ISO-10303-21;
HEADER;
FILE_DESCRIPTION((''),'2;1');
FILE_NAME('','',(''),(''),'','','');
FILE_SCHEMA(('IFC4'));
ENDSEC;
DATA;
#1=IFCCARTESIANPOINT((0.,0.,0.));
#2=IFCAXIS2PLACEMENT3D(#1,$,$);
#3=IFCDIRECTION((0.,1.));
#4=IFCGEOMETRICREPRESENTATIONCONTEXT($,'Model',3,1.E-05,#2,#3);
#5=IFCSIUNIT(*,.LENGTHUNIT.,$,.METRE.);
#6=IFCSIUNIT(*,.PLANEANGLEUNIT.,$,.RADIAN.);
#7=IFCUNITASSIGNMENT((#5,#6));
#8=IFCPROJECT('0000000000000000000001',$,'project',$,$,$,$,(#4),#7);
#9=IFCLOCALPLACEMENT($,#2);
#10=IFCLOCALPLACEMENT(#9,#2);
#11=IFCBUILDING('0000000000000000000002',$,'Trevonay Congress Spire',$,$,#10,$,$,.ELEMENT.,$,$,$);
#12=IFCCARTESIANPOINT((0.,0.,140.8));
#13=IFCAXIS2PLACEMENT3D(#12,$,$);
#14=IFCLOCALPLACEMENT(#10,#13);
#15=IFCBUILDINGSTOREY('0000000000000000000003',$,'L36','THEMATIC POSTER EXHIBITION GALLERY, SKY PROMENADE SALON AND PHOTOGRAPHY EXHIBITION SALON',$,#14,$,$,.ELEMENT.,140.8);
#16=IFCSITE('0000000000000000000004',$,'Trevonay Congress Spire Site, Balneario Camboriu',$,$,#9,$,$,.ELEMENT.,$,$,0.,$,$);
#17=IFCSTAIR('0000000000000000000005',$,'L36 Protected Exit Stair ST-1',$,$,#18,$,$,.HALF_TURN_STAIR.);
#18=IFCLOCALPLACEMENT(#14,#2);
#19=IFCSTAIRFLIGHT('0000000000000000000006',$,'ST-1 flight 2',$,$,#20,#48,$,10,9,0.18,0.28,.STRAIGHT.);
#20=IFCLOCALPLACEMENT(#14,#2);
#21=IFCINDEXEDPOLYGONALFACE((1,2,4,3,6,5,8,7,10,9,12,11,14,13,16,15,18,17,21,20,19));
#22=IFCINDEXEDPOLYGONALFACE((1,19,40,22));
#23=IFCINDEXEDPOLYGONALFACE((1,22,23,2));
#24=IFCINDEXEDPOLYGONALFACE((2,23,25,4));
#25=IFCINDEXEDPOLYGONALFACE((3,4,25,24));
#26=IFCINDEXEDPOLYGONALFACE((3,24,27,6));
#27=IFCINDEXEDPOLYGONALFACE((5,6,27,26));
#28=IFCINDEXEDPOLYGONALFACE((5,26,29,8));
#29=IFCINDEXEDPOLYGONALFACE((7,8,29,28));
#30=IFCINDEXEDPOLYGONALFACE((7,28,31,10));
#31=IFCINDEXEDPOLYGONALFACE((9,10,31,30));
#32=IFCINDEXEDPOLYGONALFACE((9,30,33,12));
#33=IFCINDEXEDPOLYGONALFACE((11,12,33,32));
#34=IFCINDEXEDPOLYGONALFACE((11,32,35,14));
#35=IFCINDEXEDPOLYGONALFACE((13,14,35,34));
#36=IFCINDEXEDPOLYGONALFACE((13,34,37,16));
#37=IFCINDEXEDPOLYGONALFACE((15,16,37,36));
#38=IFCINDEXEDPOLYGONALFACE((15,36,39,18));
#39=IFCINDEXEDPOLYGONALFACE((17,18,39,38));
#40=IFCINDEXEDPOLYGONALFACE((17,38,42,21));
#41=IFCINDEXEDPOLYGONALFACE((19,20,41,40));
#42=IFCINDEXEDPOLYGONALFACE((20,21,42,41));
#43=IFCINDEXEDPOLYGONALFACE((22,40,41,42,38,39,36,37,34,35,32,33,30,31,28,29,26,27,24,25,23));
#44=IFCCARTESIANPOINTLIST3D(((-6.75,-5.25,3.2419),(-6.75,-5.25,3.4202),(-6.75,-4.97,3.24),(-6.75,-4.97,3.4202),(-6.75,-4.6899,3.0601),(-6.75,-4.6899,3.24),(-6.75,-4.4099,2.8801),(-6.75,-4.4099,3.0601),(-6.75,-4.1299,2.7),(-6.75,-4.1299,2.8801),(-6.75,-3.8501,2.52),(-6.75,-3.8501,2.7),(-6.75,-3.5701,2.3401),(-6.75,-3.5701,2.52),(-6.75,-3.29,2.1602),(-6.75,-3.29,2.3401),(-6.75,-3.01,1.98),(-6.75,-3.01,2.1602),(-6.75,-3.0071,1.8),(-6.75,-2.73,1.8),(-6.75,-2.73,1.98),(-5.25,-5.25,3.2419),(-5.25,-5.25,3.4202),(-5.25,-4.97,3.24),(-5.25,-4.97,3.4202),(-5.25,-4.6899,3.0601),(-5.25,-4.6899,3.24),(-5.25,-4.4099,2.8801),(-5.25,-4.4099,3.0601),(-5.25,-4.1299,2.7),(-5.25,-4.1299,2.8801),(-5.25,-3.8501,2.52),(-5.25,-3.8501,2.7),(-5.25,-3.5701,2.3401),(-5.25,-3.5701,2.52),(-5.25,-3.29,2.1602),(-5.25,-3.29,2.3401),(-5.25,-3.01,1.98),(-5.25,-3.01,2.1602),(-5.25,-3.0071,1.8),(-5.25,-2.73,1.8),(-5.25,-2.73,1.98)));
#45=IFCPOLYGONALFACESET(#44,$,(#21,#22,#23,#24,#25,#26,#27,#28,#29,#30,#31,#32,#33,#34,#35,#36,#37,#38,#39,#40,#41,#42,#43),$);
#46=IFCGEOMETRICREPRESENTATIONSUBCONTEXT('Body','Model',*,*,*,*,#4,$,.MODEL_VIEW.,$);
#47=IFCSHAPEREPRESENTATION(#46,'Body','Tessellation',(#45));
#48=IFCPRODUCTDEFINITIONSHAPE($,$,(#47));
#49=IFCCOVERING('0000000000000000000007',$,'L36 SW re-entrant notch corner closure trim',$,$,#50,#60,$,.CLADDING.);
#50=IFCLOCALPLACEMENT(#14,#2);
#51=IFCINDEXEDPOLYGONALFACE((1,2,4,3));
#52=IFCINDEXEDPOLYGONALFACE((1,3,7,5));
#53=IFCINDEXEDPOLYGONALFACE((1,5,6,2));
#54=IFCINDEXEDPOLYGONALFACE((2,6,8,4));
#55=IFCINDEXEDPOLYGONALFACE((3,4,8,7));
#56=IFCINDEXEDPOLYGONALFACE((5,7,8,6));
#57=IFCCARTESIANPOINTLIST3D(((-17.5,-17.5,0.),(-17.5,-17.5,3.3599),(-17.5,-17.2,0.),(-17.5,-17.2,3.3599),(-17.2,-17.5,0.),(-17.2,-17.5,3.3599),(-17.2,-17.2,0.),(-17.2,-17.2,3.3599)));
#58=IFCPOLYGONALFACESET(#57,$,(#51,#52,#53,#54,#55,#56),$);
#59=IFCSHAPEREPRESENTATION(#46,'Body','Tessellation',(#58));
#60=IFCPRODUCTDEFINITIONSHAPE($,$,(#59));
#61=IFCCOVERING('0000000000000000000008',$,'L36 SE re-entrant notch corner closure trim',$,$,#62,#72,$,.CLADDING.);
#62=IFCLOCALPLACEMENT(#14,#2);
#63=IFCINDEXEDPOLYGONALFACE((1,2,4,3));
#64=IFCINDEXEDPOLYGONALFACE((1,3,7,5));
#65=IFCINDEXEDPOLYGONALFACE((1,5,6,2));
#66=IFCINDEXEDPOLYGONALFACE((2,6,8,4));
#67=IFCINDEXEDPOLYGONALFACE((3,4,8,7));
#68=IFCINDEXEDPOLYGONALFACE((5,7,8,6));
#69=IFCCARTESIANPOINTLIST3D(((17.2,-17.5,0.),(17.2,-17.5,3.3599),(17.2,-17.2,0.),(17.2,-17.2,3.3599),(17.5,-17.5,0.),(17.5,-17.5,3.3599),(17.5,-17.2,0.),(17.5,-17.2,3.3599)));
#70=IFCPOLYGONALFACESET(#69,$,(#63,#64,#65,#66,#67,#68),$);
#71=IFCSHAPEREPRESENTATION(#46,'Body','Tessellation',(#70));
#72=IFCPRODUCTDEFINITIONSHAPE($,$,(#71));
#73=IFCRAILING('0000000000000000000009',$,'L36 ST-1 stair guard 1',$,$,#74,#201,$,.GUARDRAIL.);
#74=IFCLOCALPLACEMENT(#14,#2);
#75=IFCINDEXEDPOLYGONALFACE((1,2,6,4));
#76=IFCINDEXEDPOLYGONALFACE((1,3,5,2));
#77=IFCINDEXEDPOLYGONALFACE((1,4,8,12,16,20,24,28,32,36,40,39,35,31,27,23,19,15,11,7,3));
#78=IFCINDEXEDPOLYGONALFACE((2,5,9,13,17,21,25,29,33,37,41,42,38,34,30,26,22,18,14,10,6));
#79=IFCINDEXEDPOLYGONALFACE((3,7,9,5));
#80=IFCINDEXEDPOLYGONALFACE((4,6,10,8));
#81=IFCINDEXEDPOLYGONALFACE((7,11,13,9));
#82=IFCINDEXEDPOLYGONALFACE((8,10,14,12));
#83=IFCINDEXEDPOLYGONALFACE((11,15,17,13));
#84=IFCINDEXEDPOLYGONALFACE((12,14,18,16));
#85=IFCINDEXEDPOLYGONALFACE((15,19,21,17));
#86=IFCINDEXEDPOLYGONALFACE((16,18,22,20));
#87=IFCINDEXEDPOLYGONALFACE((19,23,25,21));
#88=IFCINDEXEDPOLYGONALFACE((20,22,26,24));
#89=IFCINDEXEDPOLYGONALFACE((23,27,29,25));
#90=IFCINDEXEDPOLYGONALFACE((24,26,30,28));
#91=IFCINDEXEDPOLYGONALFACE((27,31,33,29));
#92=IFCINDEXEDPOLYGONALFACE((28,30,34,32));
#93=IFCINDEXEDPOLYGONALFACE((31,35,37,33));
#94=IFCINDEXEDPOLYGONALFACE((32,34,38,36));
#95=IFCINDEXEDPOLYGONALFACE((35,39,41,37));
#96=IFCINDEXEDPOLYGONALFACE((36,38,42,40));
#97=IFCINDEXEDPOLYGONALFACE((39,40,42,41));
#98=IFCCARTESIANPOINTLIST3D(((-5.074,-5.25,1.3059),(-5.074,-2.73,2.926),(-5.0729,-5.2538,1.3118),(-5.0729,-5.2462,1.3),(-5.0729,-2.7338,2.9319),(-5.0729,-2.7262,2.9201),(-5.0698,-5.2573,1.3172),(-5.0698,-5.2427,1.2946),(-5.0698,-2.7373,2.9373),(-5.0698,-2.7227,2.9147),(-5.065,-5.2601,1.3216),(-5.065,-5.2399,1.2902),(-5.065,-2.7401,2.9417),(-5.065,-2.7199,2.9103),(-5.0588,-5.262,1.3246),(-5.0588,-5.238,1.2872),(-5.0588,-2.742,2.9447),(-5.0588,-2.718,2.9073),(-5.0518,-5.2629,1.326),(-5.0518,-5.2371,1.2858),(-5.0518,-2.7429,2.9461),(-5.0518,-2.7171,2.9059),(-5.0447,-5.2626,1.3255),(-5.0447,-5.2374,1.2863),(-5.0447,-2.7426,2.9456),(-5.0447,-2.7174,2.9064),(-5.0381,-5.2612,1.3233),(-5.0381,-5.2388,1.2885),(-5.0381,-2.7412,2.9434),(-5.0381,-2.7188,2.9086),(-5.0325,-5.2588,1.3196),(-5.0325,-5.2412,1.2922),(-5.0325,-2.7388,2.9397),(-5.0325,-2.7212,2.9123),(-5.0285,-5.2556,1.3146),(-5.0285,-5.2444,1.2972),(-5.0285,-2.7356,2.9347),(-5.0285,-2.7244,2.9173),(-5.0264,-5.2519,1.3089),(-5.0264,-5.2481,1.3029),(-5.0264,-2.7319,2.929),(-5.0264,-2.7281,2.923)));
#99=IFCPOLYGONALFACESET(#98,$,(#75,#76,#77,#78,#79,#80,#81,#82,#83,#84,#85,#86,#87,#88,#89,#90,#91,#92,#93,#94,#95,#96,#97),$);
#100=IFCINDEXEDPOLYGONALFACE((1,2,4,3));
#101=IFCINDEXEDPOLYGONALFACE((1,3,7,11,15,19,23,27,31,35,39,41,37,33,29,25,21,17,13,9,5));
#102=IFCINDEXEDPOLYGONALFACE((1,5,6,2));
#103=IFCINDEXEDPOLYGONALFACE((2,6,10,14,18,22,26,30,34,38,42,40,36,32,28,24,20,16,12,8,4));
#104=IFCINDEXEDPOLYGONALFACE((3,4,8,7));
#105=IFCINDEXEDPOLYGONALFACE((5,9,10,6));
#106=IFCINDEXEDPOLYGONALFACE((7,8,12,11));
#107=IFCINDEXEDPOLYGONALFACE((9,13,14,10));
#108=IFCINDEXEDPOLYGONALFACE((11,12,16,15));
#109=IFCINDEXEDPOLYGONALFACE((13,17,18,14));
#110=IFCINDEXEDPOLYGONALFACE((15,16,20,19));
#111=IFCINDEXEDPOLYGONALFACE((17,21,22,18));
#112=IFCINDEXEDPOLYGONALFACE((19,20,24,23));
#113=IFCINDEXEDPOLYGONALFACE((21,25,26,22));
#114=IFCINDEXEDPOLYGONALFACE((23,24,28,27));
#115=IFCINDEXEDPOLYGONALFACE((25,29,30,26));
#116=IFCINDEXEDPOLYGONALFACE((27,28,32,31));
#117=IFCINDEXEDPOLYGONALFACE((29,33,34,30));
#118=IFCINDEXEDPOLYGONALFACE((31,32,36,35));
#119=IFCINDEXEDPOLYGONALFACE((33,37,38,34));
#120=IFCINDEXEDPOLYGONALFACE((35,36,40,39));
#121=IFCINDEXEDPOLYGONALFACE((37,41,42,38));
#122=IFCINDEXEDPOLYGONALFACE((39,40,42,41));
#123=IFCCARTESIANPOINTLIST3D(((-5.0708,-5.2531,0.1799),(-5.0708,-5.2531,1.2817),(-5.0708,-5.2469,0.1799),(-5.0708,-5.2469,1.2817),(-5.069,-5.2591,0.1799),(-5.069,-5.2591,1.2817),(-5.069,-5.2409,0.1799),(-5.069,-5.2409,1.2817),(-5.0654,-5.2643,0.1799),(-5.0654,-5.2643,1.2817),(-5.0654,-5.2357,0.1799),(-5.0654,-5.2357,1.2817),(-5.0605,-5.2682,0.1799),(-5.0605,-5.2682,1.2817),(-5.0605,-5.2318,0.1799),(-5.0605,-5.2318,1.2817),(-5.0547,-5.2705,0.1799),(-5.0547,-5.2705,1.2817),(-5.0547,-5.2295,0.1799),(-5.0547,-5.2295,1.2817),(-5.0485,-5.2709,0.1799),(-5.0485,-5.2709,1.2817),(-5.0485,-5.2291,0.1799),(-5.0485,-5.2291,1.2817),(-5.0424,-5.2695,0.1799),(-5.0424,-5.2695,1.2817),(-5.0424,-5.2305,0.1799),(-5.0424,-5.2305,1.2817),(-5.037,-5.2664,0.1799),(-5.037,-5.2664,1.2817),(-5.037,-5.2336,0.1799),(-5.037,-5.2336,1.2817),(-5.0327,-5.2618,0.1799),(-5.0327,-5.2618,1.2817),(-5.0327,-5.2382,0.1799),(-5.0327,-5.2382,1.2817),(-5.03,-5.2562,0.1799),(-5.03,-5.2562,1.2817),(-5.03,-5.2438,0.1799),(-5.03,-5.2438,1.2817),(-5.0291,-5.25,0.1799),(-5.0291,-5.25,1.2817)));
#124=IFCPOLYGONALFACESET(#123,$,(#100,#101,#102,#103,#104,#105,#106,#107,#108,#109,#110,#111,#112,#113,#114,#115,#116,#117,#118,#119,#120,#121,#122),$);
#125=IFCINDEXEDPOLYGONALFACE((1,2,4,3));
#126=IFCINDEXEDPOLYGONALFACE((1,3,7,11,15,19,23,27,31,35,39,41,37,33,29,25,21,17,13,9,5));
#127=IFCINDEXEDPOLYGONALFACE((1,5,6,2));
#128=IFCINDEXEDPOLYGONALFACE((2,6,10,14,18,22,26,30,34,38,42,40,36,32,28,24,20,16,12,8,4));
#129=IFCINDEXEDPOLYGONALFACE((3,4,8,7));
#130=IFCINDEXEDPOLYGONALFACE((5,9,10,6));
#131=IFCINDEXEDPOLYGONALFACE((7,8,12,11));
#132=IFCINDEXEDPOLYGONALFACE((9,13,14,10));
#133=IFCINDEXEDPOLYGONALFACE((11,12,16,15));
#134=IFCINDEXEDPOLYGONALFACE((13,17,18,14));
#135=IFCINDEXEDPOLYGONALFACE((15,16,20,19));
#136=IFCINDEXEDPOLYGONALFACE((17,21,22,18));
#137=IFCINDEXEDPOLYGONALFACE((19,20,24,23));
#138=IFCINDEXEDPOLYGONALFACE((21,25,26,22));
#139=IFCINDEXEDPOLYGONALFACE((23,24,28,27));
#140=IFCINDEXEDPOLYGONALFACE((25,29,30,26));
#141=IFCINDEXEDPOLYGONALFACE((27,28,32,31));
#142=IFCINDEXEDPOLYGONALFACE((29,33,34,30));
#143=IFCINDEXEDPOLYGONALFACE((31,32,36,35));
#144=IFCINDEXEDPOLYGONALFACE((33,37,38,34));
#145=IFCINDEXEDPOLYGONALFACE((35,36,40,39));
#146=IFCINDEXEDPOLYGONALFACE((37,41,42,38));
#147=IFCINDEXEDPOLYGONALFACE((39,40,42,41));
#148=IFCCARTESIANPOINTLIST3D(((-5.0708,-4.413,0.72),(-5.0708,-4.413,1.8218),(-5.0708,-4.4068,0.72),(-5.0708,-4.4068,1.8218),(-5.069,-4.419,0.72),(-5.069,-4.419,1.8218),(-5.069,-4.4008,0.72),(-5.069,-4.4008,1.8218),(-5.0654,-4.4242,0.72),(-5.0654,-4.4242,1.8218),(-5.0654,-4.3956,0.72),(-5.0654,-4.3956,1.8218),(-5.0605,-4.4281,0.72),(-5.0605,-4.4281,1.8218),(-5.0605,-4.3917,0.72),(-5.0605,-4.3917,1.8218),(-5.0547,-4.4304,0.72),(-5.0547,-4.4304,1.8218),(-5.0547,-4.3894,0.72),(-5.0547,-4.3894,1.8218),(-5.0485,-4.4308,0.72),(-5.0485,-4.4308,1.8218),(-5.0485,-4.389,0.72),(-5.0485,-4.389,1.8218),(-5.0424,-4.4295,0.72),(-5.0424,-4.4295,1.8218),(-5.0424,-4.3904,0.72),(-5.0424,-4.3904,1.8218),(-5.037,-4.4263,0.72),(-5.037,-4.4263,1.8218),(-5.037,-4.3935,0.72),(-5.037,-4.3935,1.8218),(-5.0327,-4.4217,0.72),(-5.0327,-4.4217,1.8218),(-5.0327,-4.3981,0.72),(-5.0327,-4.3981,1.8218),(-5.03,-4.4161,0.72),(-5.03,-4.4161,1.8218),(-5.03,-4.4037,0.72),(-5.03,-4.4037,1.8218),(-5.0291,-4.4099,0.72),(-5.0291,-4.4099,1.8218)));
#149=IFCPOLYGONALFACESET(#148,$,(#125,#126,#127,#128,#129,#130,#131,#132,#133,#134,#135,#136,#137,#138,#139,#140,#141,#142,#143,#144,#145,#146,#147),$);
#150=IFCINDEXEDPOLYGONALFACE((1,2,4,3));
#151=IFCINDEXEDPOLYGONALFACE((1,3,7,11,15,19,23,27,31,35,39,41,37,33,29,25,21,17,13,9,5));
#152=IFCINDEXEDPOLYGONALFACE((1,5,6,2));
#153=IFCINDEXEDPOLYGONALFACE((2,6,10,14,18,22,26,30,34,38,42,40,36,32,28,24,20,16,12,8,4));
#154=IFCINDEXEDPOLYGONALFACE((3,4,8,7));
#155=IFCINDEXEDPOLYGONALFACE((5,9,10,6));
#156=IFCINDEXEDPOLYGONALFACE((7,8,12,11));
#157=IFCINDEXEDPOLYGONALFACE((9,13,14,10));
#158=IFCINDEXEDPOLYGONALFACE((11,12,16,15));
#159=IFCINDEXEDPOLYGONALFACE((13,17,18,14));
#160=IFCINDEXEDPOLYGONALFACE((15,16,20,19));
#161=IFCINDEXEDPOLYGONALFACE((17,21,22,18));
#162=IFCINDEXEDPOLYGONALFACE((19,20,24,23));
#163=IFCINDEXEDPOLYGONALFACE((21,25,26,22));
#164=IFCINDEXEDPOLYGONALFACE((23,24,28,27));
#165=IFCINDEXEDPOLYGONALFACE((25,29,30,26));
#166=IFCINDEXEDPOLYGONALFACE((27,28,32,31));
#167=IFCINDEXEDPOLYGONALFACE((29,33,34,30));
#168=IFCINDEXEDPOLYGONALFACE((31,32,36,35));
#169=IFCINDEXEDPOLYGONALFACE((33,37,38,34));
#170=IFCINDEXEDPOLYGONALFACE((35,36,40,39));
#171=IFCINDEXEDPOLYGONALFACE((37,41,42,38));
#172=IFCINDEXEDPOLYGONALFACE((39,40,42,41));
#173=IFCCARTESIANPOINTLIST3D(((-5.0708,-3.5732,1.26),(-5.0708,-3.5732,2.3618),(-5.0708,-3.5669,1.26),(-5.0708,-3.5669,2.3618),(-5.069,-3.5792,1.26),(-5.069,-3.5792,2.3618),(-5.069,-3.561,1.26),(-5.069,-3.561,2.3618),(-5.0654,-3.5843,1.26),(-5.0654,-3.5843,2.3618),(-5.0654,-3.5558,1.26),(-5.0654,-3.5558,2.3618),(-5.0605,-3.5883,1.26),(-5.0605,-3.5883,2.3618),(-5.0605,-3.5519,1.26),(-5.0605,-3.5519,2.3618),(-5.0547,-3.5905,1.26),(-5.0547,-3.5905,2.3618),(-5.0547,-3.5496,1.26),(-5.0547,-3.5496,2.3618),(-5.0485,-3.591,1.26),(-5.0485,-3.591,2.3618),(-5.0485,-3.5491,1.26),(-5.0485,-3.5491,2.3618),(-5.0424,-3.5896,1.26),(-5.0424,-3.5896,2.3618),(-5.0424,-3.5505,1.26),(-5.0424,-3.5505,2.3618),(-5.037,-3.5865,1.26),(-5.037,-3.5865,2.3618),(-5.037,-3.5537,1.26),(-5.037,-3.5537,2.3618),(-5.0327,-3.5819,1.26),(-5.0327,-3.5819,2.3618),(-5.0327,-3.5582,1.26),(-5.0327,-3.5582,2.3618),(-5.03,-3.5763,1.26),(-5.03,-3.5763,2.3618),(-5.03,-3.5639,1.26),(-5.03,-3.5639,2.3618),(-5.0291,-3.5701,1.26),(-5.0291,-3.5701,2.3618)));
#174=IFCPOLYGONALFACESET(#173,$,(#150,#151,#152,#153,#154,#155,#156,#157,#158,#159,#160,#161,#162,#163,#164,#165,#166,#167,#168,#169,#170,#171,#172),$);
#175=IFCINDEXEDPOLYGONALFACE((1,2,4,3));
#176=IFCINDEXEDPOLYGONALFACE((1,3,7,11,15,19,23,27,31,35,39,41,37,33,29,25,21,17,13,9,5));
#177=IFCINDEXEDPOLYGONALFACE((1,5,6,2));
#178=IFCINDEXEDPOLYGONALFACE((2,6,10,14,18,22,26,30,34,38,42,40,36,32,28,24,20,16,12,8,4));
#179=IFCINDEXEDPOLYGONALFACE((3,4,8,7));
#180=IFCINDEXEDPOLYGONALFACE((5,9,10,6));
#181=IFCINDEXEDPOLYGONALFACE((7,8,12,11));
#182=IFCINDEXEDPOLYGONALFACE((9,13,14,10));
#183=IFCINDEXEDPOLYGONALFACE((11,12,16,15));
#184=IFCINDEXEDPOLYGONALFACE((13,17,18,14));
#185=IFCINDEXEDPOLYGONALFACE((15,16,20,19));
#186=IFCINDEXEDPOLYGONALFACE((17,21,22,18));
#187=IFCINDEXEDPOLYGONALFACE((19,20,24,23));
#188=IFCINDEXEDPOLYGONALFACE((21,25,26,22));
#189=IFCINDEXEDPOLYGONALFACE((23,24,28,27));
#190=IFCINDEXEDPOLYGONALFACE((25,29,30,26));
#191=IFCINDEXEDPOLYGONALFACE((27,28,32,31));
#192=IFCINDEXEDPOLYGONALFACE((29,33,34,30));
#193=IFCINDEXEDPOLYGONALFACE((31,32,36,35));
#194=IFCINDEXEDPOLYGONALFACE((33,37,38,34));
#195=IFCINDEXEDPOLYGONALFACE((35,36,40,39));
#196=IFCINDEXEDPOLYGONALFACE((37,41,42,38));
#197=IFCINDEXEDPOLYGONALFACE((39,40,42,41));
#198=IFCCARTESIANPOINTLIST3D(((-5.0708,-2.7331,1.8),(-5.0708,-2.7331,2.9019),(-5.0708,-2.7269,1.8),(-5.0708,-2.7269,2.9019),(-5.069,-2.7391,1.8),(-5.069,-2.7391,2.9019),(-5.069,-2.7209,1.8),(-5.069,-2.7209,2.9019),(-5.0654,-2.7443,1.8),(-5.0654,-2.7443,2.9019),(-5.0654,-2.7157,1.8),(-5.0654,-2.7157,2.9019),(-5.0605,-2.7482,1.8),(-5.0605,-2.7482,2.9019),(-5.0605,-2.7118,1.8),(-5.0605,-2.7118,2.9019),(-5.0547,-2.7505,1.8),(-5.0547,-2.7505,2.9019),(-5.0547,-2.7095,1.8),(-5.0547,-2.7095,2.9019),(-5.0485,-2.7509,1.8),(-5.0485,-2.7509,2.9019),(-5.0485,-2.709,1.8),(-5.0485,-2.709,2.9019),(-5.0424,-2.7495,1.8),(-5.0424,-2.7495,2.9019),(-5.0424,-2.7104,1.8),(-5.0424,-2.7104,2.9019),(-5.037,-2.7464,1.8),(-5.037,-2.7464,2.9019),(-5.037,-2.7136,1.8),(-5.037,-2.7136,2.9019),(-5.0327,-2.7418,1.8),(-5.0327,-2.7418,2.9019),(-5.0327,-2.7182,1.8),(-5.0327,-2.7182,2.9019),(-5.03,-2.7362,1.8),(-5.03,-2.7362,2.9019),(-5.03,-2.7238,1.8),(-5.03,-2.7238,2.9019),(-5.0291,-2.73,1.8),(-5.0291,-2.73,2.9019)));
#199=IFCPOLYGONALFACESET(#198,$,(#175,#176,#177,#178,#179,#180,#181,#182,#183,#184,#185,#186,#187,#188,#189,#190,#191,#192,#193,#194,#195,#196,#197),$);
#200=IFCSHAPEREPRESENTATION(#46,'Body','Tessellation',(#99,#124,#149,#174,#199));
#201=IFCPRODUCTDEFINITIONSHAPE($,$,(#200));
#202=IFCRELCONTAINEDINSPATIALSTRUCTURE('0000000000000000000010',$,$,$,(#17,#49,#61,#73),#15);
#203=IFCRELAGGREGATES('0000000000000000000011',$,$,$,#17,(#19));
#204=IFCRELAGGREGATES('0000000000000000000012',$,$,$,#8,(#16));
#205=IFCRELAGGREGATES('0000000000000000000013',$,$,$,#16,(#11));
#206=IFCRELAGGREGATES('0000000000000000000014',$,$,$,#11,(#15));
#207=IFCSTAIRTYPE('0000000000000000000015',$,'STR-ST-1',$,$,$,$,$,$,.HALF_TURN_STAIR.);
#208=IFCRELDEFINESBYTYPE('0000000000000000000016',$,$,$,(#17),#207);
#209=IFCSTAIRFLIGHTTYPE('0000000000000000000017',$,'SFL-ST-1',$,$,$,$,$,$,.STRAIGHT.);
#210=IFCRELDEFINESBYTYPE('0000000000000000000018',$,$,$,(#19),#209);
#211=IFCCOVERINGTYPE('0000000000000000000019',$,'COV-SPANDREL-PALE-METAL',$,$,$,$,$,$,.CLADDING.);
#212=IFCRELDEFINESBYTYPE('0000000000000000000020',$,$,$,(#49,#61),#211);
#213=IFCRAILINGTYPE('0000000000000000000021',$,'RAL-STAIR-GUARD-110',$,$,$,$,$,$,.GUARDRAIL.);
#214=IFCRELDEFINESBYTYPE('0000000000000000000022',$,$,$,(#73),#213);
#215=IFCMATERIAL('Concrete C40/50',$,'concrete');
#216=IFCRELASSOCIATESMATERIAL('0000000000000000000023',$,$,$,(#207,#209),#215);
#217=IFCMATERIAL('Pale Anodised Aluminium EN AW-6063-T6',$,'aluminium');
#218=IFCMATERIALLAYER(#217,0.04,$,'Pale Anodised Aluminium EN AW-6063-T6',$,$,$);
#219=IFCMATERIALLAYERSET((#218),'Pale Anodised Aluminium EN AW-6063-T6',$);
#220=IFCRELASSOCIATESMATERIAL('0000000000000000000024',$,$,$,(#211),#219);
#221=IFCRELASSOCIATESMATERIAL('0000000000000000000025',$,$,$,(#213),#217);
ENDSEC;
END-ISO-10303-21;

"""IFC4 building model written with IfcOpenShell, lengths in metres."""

from ifc_helpers import new_model, si_unit, direction, frame, origin, origin_2d, place, context, subcontext, project, spatial, polyline, circle, outline, extrude, material, layer, layer_set, type_object, element, aggregate, save


model = new_model("IFC4")

# Units and contexts
model_context = context("Model", 3, precision=1e-05, world=origin(), true_north=direction((0.0, 1.0)))
body_context = subcontext(model_context, "Body", "Model", "MODEL_VIEW")
ifc_project = project(units=[si_unit("LENGTHUNIT", "METRE"), si_unit("PLANEANGLEUNIT", "RADIAN")], contexts=[model_context])

# Site, building, storey
site_placement = place(None, origin())
site = spatial("IfcSite", under=ifc_project, at=site_placement, Name="Trevonay Congress Spire Site, Balneario Camboriu", CompositionType="ELEMENT", RefElevation=0.0)
building_placement = place(site_placement, origin())
building = spatial("IfcBuilding", under=site, at=building_placement, Name="Trevonay Congress Spire", CompositionType="ELEMENT")
storey_placement = place(building_placement, frame((0.0, 0.0, 140.8)))
storey = spatial("IfcBuildingStorey", under=building, at=storey_placement, Name="L36", Description="THEMATIC POSTER EXHIBITION GALLERY, SKY PROMENADE SALON AND PHOTOGRAPHY EXHIBITION SALON", CompositionType="ELEMENT", Elevation=140.8)

# Shared definitions
ifc_material_1 = material(Name="Concrete C40/50", Category="concrete")

# Stair, stair flight
stair_type = type_object("IfcStairType", Name="STR-ST-1", PredefinedType="HALF_TURN_STAIR", material=ifc_material_1)
stair_placement = place(storey_placement, origin())
stair = element("IfcStair", 1, at=stair_placement, inside=storey, type_object=stair_type, Name="L36 Protected Exit Stair ST-1", PredefinedType="HALF_TURN_STAIR")
stair_flight_type = type_object("IfcStairFlightType", Name="SFL-ST-1", PredefinedType="STRAIGHT", material=ifc_material_1)
stair_flight_1_placement = place(storey_placement, frame((-6.0, -2.73, 1.8), z_axis=(0.0, 0.0, 1.0), x_axis=(0.0, -1.0, 0.0)))
stair_flight_1 = element("IfcStairFlight", 2, at=stair_flight_1_placement, type_object=stair_flight_type, Name="ST-1 flight 2", NumberOfRisers=10, NumberOfTreads=9, PredefinedType="STRAIGHT", RiserHeight=0.18, TreadLength=0.28, context=body_context, shape_type="SweptSolid", body=[
    extrude(outline(polyline([(0.0, 0.0), (0.0, 0.1799), (0.28, 0.1799), (0.28, 0.3601), (0.5601, 0.3601), (0.5601, 0.54), (0.8401, 0.54), (0.8401, 0.72), (1.1201, 0.72), (1.1201, 0.8999), (1.3999, 0.8999), (1.3999, 1.0801), (1.6799, 1.0801), (1.6799, 1.26), (1.96, 1.26), (1.96, 1.4399), (2.24, 1.4399), (2.24, 1.6201), (2.52, 1.6201), (2.52, 1.8), (2.52, 1.4419), (0.2771, 0.0), (0.0, 0.0)])), frame((0.0, 0.75, 0.0), z_axis=(0.0, -1.0, 0.0), x_axis=(1.0, 0.0, 0.0)), (0.0, 0.0, 1.0), 1.5),
])
aggregate(stair, [stair_flight_1])

# Coverings
ifc_material_2 = material(Name="Pale Anodised Aluminium EN AW-6063-T6", Category="aluminium")
ifc_layer_1 = layer(ifc_material_2, 0.04, Name="Pale Anodised Aluminium EN AW-6063-T6")
ifc_layer_set_1 = layer_set([ifc_layer_1], Name="Pale Anodised Aluminium EN AW-6063-T6")
covering_type = type_object("IfcCoveringType", Name="COV-SPANDREL-PALE-METAL", PredefinedType="CLADDING", material=ifc_layer_set_1)
covering_1_placement = place(storey_placement, origin())
element("IfcCovering", 3, at=covering_1_placement, inside=storey, type_object=covering_type, Name="L36 SW re-entrant notch corner closure trim", PredefinedType="CLADDING", context=body_context, shape_type="SweptSolid", body=[
    extrude(outline(polyline([(-17.5, -17.5), (-17.2, -17.5), (-17.2, -17.2), (-17.5, -17.2), (-17.5, -17.5)])), origin(), (0.0, 0.0, 1.0), 3.3599),
])
covering_2_placement = place(storey_placement, origin())
element("IfcCovering", 4, at=covering_2_placement, inside=storey, type_object=covering_type, Name="L36 SE re-entrant notch corner closure trim", PredefinedType="CLADDING", context=body_context, shape_type="SweptSolid", body=[
    extrude(outline(polyline([(17.2, -17.5), (17.5, -17.5), (17.5, -17.2), (17.2, -17.2), (17.2, -17.5)])), origin(), (0.0, 0.0, 1.0), 3.3599),
])

# Railing
railing_type_1 = type_object("IfcRailingType", Name="RAL-STAIR-GUARD-110", PredefinedType="GUARDRAIL", material=ifc_material_2)
railing_1_placement = place(storey_placement, frame((-5.05, -5.25, 0.1799)))
element("IfcRailing", 5, at=railing_1_placement, inside=storey, type_object=railing_type_1, Name="L36 ST-1 stair guard 1", PredefinedType="GUARDRAIL", context=body_context, shape_type="SweptSolid", body=[
    extrude(circle(Radius=0.0239, at=origin_2d()), frame((0.0, 0.0, 1.126), z_axis=(0.0, 0.841163, 0.540782), x_axis=(-1.0, 0.0, 0.0)), (0.0, 0.0, 1.0), 2.9958),
    extrude(circle(Radius=0.021, at=origin_2d()), origin(), (0.0, 0.0, 1.0), 1.1018),
    extrude(circle(Radius=0.021, at=origin_2d()), frame((0.0, 0.8401, 0.54)), (0.0, 0.0, 1.0), 1.1018),
    extrude(circle(Radius=0.021, at=origin_2d()), frame((0.0, 1.6799, 1.0801)), (0.0, 0.0, 1.0), 1.1018),
    extrude(circle(Radius=0.021, at=origin_2d()), frame((0.0, 2.52, 1.6201)), (0.0, 0.0, 1.0), 1.1018),
])

save(model, "model.ifc")
